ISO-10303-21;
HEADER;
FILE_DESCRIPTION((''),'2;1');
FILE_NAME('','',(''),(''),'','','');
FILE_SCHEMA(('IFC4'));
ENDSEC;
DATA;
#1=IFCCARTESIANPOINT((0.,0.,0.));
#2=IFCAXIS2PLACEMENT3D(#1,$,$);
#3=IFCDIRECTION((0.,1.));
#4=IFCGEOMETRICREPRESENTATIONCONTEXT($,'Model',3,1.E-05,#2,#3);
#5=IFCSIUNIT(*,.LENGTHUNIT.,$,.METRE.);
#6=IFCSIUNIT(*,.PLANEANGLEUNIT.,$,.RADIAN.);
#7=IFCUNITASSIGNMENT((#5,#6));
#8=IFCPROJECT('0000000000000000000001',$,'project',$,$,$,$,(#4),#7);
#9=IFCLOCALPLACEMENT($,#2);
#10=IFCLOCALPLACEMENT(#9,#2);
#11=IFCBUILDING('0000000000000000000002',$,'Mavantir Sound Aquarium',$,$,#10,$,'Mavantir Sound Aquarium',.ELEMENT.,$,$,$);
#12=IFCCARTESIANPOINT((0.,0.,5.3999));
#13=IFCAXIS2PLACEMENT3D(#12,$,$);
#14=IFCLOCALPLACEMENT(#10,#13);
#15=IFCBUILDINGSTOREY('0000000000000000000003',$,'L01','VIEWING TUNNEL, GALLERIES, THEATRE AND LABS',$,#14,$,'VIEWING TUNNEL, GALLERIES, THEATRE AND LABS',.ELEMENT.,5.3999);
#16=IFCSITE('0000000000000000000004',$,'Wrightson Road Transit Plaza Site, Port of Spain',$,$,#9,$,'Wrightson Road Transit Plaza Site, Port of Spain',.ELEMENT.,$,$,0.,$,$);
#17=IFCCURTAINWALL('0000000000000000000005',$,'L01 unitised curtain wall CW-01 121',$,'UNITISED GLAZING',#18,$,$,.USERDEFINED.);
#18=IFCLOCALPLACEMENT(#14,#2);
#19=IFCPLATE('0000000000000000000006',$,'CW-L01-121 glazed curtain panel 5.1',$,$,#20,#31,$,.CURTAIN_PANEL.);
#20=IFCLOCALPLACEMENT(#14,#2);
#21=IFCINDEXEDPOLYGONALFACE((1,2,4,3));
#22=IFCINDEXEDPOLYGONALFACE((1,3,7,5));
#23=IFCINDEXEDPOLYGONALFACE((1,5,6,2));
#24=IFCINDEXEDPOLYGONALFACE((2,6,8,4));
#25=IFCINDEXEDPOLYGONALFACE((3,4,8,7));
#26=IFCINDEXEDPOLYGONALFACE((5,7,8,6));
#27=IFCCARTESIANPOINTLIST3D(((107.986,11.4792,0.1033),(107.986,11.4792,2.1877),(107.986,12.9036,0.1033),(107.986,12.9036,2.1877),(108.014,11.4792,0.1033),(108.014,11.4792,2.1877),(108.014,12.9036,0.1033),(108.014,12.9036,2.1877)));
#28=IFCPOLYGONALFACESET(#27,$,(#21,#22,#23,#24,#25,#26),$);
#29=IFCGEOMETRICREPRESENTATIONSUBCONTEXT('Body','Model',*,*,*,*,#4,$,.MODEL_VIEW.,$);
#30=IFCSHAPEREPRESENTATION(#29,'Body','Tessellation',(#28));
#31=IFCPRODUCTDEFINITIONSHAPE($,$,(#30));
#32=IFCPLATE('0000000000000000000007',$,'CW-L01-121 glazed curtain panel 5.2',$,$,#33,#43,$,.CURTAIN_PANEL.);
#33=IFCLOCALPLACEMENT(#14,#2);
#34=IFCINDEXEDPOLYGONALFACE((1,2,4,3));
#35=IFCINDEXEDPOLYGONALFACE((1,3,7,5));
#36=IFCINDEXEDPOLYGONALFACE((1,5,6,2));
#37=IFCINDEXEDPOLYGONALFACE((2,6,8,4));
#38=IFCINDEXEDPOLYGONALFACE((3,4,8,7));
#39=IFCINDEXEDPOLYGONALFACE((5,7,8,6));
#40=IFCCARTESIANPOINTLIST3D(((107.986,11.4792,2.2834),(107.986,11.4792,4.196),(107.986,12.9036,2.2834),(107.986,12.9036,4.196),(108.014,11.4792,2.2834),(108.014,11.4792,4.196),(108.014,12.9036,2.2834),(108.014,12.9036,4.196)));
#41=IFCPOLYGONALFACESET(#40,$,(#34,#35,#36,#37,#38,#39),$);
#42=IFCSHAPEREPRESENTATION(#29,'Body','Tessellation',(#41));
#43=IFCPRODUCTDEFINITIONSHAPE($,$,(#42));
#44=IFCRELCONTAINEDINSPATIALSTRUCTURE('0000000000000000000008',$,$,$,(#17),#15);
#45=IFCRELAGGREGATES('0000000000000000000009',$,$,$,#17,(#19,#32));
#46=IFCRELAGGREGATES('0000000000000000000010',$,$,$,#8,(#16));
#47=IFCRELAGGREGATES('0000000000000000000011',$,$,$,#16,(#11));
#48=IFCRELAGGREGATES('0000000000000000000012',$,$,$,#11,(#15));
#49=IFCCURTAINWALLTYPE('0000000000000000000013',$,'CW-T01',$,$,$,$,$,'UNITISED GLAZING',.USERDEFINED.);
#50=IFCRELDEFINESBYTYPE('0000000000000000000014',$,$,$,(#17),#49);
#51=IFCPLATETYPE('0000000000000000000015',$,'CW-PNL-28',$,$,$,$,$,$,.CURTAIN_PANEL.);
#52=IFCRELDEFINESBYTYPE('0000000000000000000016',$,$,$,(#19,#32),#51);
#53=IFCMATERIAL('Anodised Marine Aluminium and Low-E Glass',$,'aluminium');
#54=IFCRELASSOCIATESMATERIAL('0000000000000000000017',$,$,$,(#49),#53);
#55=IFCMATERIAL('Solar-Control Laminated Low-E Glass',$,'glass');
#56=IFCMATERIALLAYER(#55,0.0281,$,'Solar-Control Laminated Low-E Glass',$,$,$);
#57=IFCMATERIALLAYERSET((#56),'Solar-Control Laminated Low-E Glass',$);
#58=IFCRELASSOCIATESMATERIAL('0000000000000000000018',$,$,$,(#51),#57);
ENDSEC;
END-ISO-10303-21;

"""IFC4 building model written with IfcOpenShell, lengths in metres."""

from ifc_helpers import new_model, si_unit, direction, frame, origin, origin_2d, place, context, subcontext, project, spatial, rectangle, extrude, material, layer, layer_set, type_object, element, aggregate, save


model = new_model("IFC4")

# Units and contexts
model_context = context("Model", 3, precision=1e-05, world=origin(), true_north=direction((0.0, 1.0)))
body_context = subcontext(model_context, "Body", "Model", "MODEL_VIEW")
ifc_project = project(units=[si_unit("LENGTHUNIT", "METRE"), si_unit("PLANEANGLEUNIT", "RADIAN")], contexts=[model_context])

# Site, building, storey
site_placement = place(None, origin())
site = spatial("IfcSite", under=ifc_project, at=site_placement, Name="Wrightson Road Transit Plaza Site, Port of Spain", LongName="Wrightson Road Transit Plaza Site, Port of Spain", CompositionType="ELEMENT", RefElevation=0.0)
building_placement = place(site_placement, origin())
building = spatial("IfcBuilding", under=site, at=building_placement, Name="Mavantir Sound Aquarium", LongName="Mavantir Sound Aquarium", CompositionType="ELEMENT")
storey_placement = place(building_placement, frame((0.0, 0.0, 5.3999)))
storey = spatial("IfcBuildingStorey", under=building, at=storey_placement, Name="L01", Description="VIEWING TUNNEL, GALLERIES, THEATRE AND LABS", LongName="VIEWING TUNNEL, GALLERIES, THEATRE AND LABS", CompositionType="ELEMENT", Elevation=5.3999)

# Curtain wall, plates
ifc_material_1 = material(Name="Anodised Marine Aluminium and Low-E Glass", Category="aluminium")
curtain_wall_type = type_object("IfcCurtainWallType", Name="CW-T01", ElementType="UNITISED GLAZING", PredefinedType="USERDEFINED", material=ifc_material_1)
curtain_wall_placement = place(storey_placement, origin())
curtain_wall = element("IfcCurtainWall", 1, at=curtain_wall_placement, inside=storey, type_object=curtain_wall_type, Name="L01 unitised curtain wall CW-01 121", ObjectType="UNITISED GLAZING", PredefinedType="USERDEFINED")
ifc_material_2 = material(Name="Solar-Control Laminated Low-E Glass", Category="glass")
ifc_layer = layer(ifc_material_2, 0.0281, Name="Solar-Control Laminated Low-E Glass")
ifc_layer_set = layer_set([ifc_layer], Name="Solar-Control Laminated Low-E Glass")
plate_type = type_object("IfcPlateType", Name="CW-PNL-28", PredefinedType="CURTAIN_PANEL", material=ifc_layer_set)
plate_1_placement = place(storey_placement, frame((108.0, 12.1914, 0.1033), z_axis=(0.0, 0.0, 1.0), x_axis=(0.0, -1.0, 0.0)))
plate_1 = element("IfcPlate", 2, at=plate_1_placement, type_object=plate_type, Name="CW-L01-121 glazed curtain panel 5.1", PredefinedType="CURTAIN_PANEL", context=body_context, shape_type="SweptSolid", body=[
    extrude(rectangle(XDim=1.4243, YDim=0.0281, at=origin_2d()), origin(), (0.0, 0.0, 1.0), 2.0845),
])
plate_2_placement = place(storey_placement, frame((108.0, 12.1914, 2.2834), z_axis=(0.0, 0.0, 1.0), x_axis=(0.0, -1.0, 0.0)))
plate_2 = element("IfcPlate", 3, at=plate_2_placement, type_object=plate_type, Name="CW-L01-121 glazed curtain panel 5.2", PredefinedType="CURTAIN_PANEL", context=body_context, shape_type="SweptSolid", body=[
    extrude(rectangle(XDim=1.4243, YDim=0.0281, at=origin_2d()), origin(), (0.0, 0.0, 1.0), 1.9126),
])
aggregate(curtain_wall, [plate_1, plate_2])

save(model, "model.ifc")
